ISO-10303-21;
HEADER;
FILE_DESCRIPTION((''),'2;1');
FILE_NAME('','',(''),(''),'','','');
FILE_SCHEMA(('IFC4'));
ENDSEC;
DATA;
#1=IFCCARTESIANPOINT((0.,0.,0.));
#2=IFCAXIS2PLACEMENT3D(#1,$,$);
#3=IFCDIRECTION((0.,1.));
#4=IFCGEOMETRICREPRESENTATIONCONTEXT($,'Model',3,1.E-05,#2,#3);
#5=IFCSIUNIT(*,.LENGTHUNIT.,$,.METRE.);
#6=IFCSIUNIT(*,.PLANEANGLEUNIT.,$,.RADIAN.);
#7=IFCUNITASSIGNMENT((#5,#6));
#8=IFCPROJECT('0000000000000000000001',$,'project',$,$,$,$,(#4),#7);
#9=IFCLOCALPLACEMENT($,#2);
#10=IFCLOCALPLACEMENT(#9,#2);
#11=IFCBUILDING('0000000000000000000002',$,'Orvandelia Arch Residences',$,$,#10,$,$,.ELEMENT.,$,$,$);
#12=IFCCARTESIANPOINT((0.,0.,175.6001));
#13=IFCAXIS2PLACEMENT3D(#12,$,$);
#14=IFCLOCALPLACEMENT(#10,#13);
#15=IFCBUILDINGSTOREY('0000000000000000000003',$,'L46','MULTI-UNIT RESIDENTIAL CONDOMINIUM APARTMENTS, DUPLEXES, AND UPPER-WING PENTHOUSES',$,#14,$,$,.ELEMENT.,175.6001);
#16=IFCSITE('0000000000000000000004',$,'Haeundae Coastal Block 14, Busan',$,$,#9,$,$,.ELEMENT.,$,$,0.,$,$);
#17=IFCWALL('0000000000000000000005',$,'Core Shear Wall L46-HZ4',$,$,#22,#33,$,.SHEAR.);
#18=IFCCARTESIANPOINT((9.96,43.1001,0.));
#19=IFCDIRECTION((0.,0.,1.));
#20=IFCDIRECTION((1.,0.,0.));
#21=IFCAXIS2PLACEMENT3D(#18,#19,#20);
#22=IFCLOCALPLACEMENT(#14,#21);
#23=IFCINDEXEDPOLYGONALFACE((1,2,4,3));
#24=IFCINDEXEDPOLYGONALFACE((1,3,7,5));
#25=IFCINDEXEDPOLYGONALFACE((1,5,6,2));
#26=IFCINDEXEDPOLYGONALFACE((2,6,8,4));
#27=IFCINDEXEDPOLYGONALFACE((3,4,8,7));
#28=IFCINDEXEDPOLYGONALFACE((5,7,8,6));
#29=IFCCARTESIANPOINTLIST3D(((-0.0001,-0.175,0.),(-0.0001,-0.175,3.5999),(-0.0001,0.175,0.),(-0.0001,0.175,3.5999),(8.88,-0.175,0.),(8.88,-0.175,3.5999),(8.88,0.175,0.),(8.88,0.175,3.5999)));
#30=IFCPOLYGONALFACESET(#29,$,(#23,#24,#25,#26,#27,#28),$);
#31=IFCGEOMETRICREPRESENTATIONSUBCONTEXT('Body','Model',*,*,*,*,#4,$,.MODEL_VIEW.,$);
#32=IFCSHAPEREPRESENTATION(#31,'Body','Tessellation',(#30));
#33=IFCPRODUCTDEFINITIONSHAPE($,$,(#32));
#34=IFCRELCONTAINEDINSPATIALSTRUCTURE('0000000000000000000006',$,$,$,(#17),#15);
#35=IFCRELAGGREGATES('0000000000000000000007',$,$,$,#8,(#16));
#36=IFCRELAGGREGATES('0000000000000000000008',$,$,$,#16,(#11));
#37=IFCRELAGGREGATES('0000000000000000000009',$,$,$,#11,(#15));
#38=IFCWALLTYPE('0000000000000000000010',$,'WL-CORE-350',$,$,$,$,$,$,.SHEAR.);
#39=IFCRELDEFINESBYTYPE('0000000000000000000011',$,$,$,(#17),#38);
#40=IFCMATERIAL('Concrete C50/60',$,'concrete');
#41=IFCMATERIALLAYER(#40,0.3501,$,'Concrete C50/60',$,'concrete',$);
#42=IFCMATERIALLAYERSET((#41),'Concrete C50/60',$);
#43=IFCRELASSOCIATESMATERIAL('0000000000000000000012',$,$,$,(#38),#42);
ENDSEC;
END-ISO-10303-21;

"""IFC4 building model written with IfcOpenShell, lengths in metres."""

from ifc_helpers import new_model, si_unit, direction, frame, frame_2d, origin, place, context, subcontext, project, spatial, rectangle, extrude, material, layer, layer_set, type_object, element, save


model = new_model("IFC4")

# Units and contexts
model_context = context("Model", 3, precision=1e-05, world=origin(), true_north=direction((0.0, 1.0)))
body_context = subcontext(model_context, "Body", "Model", "MODEL_VIEW")
ifc_project = project(units=[si_unit("LENGTHUNIT", "METRE"), si_unit("PLANEANGLEUNIT", "RADIAN")], contexts=[model_context])

# Site, building, storey
site_placement = place(None, origin())
site = spatial("IfcSite", under=ifc_project, at=site_placement, Name="Haeundae Coastal Block 14, Busan", CompositionType="ELEMENT", RefElevation=0.0)
building_placement = place(site_placement, origin())
building = spatial("IfcBuilding", under=site, at=building_placement, Name="Orvandelia Arch Residences", CompositionType="ELEMENT")
storey_placement = place(building_placement, frame((0.0, 0.0, 175.6001)))
storey = spatial("IfcBuildingStorey", under=building, at=storey_placement, Name="L46", Description="MULTI-UNIT RESIDENTIAL CONDOMINIUM APARTMENTS, DUPLEXES, AND UPPER-WING PENTHOUSES", CompositionType="ELEMENT", Elevation=175.6001)

# Wall
ifc_material_1 = material(Name="Concrete C50/60", Category="concrete")
ifc_layer_1 = layer(ifc_material_1, 0.3501, Name="Concrete C50/60", Category="concrete")
ifc_layer_set_1 = layer_set([ifc_layer_1], Name="Concrete C50/60")
wall_type_1 = type_object("IfcWallType", Name="WL-CORE-350", PredefinedType="SHEAR", material=ifc_layer_set_1)
wall_1_placement = place(storey_placement, frame((9.96, 43.1001, 0.0), z_axis=(0.0, 0.0, 1.0), x_axis=(1.0, 0.0, 0.0)))
element("IfcWall", 1, at=wall_1_placement, inside=storey, type_object=wall_type_1, Name="Core Shear Wall L46-HZ4", PredefinedType="SHEAR", context=body_context, shape_type="SweptSolid", body=[
    extrude(rectangle(XDim=8.8801, YDim=0.3501, at=frame_2d((4.4399, 0.0))), origin(), (0.0, 0.0, 1.0), 3.5999),
])

save(model, "model.ifc")
